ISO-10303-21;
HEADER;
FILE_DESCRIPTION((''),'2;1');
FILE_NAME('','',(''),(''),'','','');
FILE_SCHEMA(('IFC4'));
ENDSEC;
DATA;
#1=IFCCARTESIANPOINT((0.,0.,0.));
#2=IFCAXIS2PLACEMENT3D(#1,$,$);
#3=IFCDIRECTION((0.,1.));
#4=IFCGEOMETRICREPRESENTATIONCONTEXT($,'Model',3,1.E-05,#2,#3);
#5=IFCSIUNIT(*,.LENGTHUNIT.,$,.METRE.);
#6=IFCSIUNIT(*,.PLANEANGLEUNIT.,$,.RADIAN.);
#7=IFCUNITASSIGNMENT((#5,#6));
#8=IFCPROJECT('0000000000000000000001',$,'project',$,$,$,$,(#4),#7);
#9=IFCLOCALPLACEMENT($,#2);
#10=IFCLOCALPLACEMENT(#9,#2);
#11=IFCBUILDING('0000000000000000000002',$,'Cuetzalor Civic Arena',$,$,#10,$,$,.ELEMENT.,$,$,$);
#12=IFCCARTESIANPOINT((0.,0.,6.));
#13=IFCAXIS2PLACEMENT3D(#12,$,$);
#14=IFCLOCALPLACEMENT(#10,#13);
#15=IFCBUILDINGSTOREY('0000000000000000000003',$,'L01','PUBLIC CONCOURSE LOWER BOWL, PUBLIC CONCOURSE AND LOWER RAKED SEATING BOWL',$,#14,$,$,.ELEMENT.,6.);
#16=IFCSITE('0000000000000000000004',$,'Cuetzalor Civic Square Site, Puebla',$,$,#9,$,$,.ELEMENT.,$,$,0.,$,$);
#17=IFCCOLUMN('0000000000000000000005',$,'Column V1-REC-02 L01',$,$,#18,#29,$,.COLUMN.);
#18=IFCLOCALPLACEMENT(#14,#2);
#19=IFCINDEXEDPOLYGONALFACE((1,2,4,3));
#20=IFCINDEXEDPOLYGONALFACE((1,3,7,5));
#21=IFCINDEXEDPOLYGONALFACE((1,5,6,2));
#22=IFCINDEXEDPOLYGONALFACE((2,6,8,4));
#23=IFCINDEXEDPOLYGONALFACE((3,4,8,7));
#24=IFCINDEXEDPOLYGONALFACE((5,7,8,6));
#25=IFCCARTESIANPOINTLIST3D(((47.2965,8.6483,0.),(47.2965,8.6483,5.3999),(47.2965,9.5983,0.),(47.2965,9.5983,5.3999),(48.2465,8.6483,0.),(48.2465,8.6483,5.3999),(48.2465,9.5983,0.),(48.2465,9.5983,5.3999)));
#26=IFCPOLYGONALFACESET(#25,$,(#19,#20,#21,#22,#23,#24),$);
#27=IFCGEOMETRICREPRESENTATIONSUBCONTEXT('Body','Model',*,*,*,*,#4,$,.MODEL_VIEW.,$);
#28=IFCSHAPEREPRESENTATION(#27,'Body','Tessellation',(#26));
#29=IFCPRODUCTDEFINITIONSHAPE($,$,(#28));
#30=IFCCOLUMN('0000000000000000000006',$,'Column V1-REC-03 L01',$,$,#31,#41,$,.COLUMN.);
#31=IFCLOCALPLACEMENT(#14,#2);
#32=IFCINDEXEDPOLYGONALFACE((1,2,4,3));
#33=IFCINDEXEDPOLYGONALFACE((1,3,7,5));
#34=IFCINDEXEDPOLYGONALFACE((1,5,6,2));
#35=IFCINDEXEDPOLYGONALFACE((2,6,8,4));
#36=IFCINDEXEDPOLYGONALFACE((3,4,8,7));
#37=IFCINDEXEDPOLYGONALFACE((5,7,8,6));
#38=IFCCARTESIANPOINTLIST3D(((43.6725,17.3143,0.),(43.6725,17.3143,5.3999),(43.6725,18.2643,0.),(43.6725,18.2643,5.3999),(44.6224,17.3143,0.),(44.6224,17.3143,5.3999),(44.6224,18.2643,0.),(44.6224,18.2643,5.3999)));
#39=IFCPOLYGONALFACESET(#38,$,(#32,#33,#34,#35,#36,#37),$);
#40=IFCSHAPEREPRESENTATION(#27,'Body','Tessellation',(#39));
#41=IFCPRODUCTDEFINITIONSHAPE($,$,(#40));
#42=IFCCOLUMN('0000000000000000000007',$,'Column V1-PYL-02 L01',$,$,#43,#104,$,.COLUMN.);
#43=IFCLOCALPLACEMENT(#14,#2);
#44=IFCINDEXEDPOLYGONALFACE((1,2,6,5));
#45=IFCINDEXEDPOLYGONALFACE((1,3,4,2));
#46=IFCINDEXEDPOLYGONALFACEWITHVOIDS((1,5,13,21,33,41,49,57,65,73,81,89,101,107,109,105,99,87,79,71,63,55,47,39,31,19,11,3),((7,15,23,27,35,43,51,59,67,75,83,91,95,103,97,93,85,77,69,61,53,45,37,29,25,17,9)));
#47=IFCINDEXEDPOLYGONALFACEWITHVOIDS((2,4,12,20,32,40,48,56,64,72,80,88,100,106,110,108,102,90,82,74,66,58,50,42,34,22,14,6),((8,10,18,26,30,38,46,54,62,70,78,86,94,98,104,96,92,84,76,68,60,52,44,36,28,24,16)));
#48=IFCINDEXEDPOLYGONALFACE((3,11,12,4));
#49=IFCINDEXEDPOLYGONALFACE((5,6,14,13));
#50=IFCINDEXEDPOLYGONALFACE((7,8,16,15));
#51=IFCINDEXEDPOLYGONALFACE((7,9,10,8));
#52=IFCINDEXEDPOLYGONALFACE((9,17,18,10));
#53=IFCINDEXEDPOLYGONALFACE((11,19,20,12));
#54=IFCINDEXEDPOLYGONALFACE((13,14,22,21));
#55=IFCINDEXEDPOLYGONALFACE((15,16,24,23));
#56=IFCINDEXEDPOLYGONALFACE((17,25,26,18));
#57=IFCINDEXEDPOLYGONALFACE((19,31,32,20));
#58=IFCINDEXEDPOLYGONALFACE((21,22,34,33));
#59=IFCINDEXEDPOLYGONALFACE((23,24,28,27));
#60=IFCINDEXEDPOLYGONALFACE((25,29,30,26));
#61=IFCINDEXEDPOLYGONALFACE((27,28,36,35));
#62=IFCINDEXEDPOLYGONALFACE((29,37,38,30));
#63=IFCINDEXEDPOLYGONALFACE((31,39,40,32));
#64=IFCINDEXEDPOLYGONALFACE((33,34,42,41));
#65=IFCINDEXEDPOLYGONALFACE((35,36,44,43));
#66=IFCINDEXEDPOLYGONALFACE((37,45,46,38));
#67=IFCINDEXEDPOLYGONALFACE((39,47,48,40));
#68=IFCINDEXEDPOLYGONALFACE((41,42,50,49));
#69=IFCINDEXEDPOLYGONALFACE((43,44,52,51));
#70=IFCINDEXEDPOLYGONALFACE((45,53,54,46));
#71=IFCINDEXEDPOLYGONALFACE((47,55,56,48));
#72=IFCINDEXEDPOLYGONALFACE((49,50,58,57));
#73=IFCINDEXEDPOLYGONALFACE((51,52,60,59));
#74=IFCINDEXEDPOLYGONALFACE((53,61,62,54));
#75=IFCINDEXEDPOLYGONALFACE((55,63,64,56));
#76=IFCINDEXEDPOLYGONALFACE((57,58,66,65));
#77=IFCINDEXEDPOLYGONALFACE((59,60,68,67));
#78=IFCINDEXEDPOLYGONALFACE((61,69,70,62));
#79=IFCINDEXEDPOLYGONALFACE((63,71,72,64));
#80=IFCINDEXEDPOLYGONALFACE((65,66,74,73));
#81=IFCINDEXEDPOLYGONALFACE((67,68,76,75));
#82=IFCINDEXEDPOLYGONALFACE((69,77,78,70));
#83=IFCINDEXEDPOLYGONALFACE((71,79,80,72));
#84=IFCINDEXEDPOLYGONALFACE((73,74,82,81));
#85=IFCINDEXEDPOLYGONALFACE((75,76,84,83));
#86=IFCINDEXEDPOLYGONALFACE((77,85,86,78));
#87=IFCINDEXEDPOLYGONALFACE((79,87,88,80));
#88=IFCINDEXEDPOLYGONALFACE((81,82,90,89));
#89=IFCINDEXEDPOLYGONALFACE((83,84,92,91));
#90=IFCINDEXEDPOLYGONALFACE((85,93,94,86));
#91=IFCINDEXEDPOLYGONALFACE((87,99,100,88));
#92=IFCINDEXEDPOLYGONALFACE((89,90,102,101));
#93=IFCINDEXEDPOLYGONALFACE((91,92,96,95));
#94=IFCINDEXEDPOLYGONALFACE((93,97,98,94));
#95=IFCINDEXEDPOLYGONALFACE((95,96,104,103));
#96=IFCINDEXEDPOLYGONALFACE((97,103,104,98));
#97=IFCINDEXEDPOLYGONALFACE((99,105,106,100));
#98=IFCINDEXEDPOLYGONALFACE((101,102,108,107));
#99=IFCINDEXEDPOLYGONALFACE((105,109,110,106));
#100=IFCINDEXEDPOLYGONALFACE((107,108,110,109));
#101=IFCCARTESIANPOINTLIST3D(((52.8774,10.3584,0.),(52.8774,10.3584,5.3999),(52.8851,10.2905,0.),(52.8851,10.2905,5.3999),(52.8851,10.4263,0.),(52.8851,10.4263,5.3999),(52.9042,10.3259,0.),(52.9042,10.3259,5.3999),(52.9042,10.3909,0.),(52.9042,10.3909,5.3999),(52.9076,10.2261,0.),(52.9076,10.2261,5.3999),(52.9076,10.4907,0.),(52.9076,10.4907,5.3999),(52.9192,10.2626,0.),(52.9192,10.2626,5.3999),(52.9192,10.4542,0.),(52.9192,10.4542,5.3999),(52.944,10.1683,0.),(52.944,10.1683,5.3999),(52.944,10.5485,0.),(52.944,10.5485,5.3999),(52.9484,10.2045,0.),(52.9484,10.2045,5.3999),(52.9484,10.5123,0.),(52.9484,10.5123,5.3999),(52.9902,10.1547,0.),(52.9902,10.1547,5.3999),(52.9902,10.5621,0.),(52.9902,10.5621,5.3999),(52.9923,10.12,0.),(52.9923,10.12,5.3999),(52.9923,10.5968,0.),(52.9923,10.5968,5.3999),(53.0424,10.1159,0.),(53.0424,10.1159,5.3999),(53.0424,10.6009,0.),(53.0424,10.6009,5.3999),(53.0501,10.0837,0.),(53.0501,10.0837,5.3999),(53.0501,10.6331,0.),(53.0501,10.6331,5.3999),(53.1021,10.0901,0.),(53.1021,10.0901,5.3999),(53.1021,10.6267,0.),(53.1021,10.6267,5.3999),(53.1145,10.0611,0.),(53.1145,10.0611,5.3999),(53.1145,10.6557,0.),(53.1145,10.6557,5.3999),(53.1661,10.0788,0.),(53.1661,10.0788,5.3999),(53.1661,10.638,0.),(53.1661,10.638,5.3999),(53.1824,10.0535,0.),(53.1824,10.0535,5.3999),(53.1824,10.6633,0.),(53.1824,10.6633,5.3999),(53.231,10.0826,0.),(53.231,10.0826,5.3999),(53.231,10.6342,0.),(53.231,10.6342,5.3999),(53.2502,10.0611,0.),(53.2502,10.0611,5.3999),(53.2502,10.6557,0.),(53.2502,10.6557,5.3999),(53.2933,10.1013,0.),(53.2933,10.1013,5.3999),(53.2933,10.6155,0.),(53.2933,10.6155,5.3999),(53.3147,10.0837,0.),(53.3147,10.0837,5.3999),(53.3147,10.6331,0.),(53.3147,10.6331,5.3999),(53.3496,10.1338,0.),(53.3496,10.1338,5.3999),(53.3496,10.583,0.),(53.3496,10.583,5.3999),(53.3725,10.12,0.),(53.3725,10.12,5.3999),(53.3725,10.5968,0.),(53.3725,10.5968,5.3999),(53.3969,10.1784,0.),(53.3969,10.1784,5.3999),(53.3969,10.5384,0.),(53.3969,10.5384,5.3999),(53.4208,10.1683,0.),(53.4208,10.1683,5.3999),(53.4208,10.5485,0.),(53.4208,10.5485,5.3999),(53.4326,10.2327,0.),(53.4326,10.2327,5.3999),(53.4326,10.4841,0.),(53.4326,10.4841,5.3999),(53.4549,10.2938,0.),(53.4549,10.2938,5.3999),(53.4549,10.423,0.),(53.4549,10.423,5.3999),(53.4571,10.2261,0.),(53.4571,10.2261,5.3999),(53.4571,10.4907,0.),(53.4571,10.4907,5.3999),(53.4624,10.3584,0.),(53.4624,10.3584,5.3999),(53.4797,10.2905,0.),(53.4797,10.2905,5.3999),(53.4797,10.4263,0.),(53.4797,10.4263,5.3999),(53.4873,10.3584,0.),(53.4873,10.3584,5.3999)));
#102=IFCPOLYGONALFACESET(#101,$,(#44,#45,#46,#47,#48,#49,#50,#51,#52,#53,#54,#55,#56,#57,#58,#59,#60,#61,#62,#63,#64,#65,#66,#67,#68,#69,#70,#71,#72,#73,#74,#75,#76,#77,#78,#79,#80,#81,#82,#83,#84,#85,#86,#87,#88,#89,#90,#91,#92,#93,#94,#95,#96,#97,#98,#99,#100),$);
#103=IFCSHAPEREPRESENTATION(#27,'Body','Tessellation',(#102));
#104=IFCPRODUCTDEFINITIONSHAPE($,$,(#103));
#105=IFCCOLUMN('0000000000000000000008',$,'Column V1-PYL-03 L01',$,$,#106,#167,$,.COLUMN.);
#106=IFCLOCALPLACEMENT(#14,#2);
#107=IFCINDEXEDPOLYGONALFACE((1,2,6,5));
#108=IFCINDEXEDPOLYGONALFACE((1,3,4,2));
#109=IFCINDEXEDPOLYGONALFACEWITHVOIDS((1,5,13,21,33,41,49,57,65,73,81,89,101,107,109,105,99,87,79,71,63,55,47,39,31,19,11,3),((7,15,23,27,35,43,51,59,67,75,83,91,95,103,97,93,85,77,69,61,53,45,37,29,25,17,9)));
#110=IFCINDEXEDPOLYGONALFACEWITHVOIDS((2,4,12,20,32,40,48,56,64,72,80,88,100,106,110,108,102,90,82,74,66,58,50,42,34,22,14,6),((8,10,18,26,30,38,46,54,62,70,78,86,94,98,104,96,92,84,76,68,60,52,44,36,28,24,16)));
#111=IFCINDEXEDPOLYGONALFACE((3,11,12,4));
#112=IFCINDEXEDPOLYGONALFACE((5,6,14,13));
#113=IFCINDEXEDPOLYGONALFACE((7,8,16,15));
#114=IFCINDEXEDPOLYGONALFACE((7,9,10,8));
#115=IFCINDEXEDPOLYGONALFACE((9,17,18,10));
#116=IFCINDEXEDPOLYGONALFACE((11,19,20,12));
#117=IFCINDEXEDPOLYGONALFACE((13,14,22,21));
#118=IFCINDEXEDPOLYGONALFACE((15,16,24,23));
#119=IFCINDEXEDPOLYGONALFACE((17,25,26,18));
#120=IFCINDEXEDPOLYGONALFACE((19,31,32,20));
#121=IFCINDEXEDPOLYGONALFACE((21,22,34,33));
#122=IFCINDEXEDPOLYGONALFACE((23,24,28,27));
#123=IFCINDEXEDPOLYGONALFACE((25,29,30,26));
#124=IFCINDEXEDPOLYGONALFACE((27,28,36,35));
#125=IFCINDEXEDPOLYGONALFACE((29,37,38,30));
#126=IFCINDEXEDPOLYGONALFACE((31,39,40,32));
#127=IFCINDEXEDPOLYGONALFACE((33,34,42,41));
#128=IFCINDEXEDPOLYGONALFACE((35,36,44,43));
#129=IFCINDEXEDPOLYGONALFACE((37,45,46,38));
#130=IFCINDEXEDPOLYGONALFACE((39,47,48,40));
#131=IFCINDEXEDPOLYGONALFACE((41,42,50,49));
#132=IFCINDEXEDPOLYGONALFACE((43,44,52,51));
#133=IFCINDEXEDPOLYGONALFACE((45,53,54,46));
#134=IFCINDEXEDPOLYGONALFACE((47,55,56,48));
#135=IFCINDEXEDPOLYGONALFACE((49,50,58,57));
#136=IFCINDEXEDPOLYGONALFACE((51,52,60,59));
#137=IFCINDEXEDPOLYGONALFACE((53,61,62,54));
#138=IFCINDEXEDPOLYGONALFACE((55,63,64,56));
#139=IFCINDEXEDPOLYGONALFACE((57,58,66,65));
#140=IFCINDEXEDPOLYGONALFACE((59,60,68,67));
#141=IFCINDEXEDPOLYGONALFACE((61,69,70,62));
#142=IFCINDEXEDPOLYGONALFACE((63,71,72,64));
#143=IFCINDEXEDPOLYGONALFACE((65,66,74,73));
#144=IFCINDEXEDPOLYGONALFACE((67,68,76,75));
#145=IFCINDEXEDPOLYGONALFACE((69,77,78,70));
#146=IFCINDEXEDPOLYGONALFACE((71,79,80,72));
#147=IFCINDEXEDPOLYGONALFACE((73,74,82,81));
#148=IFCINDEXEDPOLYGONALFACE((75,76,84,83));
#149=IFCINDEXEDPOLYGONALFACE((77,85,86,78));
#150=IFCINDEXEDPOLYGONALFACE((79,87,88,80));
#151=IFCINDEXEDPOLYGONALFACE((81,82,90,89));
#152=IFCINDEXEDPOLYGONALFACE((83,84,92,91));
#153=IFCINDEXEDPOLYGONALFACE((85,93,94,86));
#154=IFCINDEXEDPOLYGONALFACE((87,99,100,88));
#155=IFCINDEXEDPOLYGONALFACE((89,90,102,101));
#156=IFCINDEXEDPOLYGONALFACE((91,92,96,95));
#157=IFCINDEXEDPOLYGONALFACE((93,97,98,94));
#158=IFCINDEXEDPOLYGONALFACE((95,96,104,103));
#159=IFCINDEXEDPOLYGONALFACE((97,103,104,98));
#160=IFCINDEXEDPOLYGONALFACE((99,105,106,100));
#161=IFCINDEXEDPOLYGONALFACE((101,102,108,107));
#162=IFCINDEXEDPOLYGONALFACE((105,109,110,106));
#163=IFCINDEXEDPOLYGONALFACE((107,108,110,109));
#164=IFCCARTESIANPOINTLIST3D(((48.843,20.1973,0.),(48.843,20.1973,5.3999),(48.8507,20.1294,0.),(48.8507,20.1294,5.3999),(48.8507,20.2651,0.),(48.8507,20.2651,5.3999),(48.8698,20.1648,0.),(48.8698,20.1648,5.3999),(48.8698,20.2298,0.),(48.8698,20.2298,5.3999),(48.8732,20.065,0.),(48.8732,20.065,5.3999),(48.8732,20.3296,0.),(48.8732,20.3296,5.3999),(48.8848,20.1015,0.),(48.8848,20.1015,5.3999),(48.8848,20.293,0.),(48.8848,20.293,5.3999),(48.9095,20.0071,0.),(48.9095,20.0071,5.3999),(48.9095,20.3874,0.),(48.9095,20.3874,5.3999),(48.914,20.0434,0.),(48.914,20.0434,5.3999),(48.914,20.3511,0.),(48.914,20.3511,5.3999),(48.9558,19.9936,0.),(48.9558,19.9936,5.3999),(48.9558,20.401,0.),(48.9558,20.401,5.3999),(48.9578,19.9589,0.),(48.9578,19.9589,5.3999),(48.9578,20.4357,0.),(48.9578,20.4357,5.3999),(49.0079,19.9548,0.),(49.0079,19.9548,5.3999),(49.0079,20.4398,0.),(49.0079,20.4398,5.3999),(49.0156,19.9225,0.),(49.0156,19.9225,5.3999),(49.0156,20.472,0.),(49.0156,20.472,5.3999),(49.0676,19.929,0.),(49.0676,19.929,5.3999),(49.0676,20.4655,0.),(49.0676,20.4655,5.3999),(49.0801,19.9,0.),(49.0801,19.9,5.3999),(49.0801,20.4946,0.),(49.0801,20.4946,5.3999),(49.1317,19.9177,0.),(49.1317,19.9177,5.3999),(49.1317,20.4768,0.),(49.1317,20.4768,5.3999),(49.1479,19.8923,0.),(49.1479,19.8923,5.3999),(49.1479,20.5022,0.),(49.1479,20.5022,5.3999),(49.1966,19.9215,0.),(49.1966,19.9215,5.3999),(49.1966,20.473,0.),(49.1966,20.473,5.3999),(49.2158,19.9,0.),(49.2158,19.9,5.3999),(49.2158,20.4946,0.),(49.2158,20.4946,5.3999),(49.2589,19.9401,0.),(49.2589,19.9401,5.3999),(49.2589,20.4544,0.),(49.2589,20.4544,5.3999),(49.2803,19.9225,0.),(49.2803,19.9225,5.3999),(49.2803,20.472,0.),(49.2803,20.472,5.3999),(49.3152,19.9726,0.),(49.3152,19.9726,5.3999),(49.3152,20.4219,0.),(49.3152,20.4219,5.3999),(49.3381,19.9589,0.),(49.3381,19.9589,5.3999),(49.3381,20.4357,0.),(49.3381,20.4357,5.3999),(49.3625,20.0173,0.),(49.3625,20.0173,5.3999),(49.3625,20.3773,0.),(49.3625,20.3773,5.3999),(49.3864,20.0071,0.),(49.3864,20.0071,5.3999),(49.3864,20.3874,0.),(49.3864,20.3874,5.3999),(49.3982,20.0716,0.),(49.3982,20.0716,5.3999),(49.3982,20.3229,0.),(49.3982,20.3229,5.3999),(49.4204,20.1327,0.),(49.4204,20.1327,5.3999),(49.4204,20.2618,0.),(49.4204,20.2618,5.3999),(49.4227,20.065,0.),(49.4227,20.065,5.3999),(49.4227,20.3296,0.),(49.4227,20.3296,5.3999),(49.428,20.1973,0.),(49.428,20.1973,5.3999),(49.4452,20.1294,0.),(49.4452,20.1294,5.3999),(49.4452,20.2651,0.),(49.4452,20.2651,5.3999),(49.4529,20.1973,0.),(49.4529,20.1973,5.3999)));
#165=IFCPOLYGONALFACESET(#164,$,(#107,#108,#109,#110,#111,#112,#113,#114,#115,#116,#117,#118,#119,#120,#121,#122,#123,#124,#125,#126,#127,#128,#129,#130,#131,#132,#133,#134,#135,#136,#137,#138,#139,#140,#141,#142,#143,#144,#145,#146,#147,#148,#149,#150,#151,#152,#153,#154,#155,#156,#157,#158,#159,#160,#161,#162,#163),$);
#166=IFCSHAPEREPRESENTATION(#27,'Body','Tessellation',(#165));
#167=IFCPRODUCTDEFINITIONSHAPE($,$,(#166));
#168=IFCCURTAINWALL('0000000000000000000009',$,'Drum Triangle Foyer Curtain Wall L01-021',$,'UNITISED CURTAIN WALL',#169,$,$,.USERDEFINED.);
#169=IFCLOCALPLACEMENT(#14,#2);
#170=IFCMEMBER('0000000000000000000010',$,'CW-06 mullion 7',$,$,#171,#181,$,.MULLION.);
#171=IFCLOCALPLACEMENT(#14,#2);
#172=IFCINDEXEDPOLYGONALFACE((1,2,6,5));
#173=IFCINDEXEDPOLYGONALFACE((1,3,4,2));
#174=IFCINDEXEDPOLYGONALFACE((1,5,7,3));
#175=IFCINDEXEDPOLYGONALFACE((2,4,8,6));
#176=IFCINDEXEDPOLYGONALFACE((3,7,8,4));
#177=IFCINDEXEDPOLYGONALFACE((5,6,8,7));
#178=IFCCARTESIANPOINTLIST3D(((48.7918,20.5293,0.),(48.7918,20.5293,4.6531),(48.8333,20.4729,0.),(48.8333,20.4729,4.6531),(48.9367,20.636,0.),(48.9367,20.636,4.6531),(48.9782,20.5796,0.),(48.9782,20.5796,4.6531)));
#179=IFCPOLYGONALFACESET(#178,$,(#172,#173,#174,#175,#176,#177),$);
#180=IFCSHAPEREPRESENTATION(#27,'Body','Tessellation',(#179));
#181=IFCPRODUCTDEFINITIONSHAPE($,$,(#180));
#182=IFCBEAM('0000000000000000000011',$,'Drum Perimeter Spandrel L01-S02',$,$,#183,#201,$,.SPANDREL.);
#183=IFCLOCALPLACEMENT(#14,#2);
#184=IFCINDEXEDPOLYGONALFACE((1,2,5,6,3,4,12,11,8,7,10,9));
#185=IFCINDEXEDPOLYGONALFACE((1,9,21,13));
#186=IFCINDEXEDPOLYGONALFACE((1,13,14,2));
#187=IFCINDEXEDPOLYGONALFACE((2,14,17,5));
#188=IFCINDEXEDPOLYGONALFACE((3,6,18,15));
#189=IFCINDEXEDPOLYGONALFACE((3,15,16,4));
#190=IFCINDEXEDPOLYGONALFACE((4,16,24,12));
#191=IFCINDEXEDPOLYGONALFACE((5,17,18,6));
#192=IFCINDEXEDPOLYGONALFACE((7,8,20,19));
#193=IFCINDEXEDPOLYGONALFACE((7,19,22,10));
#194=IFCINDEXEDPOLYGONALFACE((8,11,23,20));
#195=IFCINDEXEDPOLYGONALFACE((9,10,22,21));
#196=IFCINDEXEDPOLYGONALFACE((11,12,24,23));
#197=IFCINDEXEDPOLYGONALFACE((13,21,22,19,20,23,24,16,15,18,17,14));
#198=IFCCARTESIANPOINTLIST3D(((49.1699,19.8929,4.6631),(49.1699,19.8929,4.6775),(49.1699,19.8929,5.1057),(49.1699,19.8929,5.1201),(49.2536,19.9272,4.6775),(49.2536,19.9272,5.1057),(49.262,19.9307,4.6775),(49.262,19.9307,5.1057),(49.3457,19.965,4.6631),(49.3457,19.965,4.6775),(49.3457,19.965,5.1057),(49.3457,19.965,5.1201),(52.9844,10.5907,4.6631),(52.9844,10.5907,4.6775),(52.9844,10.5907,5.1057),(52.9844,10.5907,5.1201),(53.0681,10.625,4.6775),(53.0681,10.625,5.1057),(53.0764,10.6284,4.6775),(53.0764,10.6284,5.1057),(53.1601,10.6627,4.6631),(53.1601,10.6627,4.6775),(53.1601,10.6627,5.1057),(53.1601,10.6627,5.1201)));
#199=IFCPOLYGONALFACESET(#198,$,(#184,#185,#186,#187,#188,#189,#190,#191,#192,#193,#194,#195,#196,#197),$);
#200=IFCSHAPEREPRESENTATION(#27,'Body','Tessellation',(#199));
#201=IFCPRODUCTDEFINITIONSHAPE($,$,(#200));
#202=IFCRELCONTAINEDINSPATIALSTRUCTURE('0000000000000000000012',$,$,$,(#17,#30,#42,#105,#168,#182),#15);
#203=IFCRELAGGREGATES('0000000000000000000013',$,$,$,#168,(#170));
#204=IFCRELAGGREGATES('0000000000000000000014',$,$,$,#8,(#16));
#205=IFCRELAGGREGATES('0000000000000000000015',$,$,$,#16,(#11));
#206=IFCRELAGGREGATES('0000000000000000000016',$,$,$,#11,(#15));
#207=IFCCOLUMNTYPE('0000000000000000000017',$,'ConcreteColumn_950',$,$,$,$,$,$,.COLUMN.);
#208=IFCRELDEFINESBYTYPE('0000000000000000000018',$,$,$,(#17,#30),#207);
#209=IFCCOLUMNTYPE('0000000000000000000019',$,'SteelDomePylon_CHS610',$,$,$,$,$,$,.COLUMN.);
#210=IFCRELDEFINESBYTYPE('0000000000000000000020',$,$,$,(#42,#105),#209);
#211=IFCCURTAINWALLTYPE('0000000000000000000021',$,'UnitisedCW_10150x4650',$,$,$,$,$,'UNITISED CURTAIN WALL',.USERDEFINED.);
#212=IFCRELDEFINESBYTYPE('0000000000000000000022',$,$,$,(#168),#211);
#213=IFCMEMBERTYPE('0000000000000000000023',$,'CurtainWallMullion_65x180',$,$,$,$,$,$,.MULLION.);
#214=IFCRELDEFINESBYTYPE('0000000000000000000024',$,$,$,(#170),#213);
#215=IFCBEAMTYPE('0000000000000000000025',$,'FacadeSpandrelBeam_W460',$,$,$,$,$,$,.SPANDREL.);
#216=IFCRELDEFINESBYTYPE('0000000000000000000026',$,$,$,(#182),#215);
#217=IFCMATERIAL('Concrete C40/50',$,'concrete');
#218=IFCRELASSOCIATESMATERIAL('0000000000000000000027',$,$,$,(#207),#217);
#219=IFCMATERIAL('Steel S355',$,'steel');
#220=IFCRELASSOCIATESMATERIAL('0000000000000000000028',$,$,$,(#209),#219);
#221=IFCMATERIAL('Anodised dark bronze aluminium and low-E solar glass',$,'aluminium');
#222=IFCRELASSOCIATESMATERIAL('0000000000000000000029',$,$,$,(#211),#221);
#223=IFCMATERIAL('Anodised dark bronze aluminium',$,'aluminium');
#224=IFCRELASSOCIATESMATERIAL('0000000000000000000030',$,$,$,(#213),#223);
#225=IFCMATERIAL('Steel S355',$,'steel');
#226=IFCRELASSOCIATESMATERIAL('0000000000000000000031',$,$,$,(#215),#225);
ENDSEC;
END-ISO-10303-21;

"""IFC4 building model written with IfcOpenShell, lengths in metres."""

from ifc_helpers import new_model, si_unit, direction, frame, origin, origin_2d, place, context, subcontext, project, spatial, rectangle, hollow_circle, i_section, extrude, material, material_profile, profile_set, type_object, element, aggregate, save


model = new_model("IFC4")

# Units and contexts
model_context = context("Model", 3, precision=1e-05, world=origin(), true_north=direction((0.0, 1.0)))
body_context = subcontext(model_context, "Body", "Model", "MODEL_VIEW")
ifc_project = project(units=[si_unit("LENGTHUNIT", "METRE"), si_unit("PLANEANGLEUNIT", "RADIAN")], contexts=[model_context])

# Site, building, storey
site_placement = place(None, origin())
site = spatial("IfcSite", under=ifc_project, at=site_placement, Name="Cuetzalor Civic Square Site, Puebla", CompositionType="ELEMENT", RefElevation=0.0)
building_placement = place(site_placement, origin())
building = spatial("IfcBuilding", under=site, at=building_placement, Name="Cuetzalor Civic Arena", CompositionType="ELEMENT")
storey_placement = place(building_placement, frame((0.0, 0.0, 6.0)))
storey = spatial("IfcBuildingStorey", under=building, at=storey_placement, Name="L01", Description="PUBLIC CONCOURSE LOWER BOWL, PUBLIC CONCOURSE AND LOWER RAKED SEATING BOWL", CompositionType="ELEMENT", Elevation=6.0)

# Columns
ifc_material_1 = material(Name="Concrete C40/50", Category="concrete")
ifc_material_profile_1 = material_profile(ifc_material_1, rectangle(XDim=0.95, YDim=0.95, at=origin_2d()), Name="RC 950x950")
ifc_profile_set_1 = profile_set([ifc_material_profile_1], Name="Concrete C40/50")
column_type_1 = type_object("IfcColumnType", Name="ConcreteColumn_950", PredefinedType="COLUMN", material=ifc_profile_set_1)
for number, where, z_axis, x_axis, name in (
    (1, (47.7715, 9.1233, 0.0), (0.0, 0.0, 1.0), (1.0, 0.0, 0.0), "Column V1-REC-02 L01"),
    (2, (44.1475, 17.7893, 0.0), (0.0, 0.0, 1.0), (1.0, 0.0, 0.0), "Column V1-REC-03 L01"),
):
    element("IfcColumn", number, at=place(storey_placement, frame(where, z_axis=z_axis, x_axis=x_axis)), inside=storey, type_object=column_type_1, Name=name, PredefinedType="COLUMN", context=body_context, shape_type="SweptSolid", body=[
        extrude(rectangle(XDim=0.95, YDim=0.95, at=origin_2d()), origin(), (0.0, 0.0, 1.0), 5.3999),
    ])
ifc_material_2 = material(Name="Steel S355", Category="steel")
ifc_material_profile_2 = material_profile(ifc_material_2, hollow_circle(Radius=0.3049, WallThickness=0.0249, at=origin_2d()), Name="CHS 610x25")
ifc_profile_set_2 = profile_set([ifc_material_profile_2], Name="Steel S355")
column_type_2 = type_object("IfcColumnType", Name="SteelDomePylon_CHS610", PredefinedType="COLUMN", material=ifc_profile_set_2)
for number, where, z_axis, x_axis, name in (
    (3, (53.1824, 10.3584, 0.0), (0.0, 0.0, 1.0), (1.0, 0.0, 0.0), "Column V1-PYL-02 L01"),
    (4, (49.1479, 20.1973, 0.0), (0.0, 0.0, 1.0), (1.0, 0.0, 0.0), "Column V1-PYL-03 L01"),
):
    element("IfcColumn", number, at=place(storey_placement, frame(where, z_axis=z_axis, x_axis=x_axis)), inside=storey, type_object=column_type_2, Name=name, PredefinedType="COLUMN", context=body_context, shape_type="SweptSolid", body=[
        extrude(hollow_circle(Radius=0.3049, WallThickness=0.0249, at=origin_2d()), origin(), (0.0, 0.0, 1.0), 5.3999),
    ])

# Curtain wall, member
ifc_material_3 = material(Name="Anodised dark bronze aluminium and low-E solar glass", Category="aluminium")
curtain_wall_type = type_object("IfcCurtainWallType", Name="UnitisedCW_10150x4650", ElementType="UNITISED CURTAIN WALL", PredefinedType="USERDEFINED", material=ifc_material_3)
curtain_wall_placement = place(storey_placement, origin())
curtain_wall = element("IfcCurtainWall", 5, at=curtain_wall_placement, inside=storey, type_object=curtain_wall_type, Name="Drum Triangle Foyer Curtain Wall L01-021", ObjectType="UNITISED CURTAIN WALL", PredefinedType="USERDEFINED")
ifc_material_4 = material(Name="Anodised dark bronze aluminium", Category="aluminium")
ifc_material_profile_3 = material_profile(ifc_material_4, rectangle(XDim=0.0701, YDim=0.1799, at=origin_2d()), Name="ALU MULLION 70x180")
ifc_profile_set_3 = profile_set([ifc_material_profile_3], Name="Anodised dark bronze aluminium")
member_type = type_object("IfcMemberType", Name="CurtainWallMullion_65x180", PredefinedType="MULLION", material=ifc_profile_set_3)
member_placement = place(storey_placement, frame((48.885, 20.5544, 0.0), z_axis=(0.0, 0.0, 1.0), x_axis=(0.592929, -0.805255, 0.0)))
member = element("IfcMember", 6, at=member_placement, type_object=member_type, Name="CW-06 mullion 7", PredefinedType="MULLION", context=body_context, shape_type="SweptSolid", body=[
    extrude(rectangle(XDim=0.0701, YDim=0.1799, at=origin_2d()), origin(), (0.0, 0.0, 1.0), 4.6531),
])

# Beam
ifc_material_5 = material(Name="Steel S355", Category="steel")
ifc_material_profile_4 = material_profile(ifc_material_5, i_section(OverallWidth=0.1899, OverallDepth=0.457, WebThickness=0.009, FlangeThickness=0.0144, at=origin_2d()), Name="W460x74")
ifc_profile_set_4 = profile_set([ifc_material_profile_4], Name="Steel S355")
beam_type_1 = type_object("IfcBeamType", Name="FacadeSpandrelBeam_W460", PredefinedType="SPANDREL", material=ifc_profile_set_4)
beam_1_placement = place(storey_placement, frame((53.0723, 10.6267, 4.8916), z_axis=(-0.379399, 0.925233, 0.0), x_axis=(-0.925233, -0.379399, 0.0)))
element("IfcBeam", 7, at=beam_1_placement, inside=storey, type_object=beam_type_1, Name="Drum Perimeter Spandrel L01-S02", PredefinedType="SPANDREL", context=body_context, shape_type="SweptSolid", body=[
    extrude(i_section(OverallWidth=0.1899, OverallDepth=0.457, WebThickness=0.009, FlangeThickness=0.0144, at=origin_2d()), origin(), (0.0, 0.0, 1.0), 10.054),
])

aggregate(curtain_wall, [member])

save(model, "model.ifc")
